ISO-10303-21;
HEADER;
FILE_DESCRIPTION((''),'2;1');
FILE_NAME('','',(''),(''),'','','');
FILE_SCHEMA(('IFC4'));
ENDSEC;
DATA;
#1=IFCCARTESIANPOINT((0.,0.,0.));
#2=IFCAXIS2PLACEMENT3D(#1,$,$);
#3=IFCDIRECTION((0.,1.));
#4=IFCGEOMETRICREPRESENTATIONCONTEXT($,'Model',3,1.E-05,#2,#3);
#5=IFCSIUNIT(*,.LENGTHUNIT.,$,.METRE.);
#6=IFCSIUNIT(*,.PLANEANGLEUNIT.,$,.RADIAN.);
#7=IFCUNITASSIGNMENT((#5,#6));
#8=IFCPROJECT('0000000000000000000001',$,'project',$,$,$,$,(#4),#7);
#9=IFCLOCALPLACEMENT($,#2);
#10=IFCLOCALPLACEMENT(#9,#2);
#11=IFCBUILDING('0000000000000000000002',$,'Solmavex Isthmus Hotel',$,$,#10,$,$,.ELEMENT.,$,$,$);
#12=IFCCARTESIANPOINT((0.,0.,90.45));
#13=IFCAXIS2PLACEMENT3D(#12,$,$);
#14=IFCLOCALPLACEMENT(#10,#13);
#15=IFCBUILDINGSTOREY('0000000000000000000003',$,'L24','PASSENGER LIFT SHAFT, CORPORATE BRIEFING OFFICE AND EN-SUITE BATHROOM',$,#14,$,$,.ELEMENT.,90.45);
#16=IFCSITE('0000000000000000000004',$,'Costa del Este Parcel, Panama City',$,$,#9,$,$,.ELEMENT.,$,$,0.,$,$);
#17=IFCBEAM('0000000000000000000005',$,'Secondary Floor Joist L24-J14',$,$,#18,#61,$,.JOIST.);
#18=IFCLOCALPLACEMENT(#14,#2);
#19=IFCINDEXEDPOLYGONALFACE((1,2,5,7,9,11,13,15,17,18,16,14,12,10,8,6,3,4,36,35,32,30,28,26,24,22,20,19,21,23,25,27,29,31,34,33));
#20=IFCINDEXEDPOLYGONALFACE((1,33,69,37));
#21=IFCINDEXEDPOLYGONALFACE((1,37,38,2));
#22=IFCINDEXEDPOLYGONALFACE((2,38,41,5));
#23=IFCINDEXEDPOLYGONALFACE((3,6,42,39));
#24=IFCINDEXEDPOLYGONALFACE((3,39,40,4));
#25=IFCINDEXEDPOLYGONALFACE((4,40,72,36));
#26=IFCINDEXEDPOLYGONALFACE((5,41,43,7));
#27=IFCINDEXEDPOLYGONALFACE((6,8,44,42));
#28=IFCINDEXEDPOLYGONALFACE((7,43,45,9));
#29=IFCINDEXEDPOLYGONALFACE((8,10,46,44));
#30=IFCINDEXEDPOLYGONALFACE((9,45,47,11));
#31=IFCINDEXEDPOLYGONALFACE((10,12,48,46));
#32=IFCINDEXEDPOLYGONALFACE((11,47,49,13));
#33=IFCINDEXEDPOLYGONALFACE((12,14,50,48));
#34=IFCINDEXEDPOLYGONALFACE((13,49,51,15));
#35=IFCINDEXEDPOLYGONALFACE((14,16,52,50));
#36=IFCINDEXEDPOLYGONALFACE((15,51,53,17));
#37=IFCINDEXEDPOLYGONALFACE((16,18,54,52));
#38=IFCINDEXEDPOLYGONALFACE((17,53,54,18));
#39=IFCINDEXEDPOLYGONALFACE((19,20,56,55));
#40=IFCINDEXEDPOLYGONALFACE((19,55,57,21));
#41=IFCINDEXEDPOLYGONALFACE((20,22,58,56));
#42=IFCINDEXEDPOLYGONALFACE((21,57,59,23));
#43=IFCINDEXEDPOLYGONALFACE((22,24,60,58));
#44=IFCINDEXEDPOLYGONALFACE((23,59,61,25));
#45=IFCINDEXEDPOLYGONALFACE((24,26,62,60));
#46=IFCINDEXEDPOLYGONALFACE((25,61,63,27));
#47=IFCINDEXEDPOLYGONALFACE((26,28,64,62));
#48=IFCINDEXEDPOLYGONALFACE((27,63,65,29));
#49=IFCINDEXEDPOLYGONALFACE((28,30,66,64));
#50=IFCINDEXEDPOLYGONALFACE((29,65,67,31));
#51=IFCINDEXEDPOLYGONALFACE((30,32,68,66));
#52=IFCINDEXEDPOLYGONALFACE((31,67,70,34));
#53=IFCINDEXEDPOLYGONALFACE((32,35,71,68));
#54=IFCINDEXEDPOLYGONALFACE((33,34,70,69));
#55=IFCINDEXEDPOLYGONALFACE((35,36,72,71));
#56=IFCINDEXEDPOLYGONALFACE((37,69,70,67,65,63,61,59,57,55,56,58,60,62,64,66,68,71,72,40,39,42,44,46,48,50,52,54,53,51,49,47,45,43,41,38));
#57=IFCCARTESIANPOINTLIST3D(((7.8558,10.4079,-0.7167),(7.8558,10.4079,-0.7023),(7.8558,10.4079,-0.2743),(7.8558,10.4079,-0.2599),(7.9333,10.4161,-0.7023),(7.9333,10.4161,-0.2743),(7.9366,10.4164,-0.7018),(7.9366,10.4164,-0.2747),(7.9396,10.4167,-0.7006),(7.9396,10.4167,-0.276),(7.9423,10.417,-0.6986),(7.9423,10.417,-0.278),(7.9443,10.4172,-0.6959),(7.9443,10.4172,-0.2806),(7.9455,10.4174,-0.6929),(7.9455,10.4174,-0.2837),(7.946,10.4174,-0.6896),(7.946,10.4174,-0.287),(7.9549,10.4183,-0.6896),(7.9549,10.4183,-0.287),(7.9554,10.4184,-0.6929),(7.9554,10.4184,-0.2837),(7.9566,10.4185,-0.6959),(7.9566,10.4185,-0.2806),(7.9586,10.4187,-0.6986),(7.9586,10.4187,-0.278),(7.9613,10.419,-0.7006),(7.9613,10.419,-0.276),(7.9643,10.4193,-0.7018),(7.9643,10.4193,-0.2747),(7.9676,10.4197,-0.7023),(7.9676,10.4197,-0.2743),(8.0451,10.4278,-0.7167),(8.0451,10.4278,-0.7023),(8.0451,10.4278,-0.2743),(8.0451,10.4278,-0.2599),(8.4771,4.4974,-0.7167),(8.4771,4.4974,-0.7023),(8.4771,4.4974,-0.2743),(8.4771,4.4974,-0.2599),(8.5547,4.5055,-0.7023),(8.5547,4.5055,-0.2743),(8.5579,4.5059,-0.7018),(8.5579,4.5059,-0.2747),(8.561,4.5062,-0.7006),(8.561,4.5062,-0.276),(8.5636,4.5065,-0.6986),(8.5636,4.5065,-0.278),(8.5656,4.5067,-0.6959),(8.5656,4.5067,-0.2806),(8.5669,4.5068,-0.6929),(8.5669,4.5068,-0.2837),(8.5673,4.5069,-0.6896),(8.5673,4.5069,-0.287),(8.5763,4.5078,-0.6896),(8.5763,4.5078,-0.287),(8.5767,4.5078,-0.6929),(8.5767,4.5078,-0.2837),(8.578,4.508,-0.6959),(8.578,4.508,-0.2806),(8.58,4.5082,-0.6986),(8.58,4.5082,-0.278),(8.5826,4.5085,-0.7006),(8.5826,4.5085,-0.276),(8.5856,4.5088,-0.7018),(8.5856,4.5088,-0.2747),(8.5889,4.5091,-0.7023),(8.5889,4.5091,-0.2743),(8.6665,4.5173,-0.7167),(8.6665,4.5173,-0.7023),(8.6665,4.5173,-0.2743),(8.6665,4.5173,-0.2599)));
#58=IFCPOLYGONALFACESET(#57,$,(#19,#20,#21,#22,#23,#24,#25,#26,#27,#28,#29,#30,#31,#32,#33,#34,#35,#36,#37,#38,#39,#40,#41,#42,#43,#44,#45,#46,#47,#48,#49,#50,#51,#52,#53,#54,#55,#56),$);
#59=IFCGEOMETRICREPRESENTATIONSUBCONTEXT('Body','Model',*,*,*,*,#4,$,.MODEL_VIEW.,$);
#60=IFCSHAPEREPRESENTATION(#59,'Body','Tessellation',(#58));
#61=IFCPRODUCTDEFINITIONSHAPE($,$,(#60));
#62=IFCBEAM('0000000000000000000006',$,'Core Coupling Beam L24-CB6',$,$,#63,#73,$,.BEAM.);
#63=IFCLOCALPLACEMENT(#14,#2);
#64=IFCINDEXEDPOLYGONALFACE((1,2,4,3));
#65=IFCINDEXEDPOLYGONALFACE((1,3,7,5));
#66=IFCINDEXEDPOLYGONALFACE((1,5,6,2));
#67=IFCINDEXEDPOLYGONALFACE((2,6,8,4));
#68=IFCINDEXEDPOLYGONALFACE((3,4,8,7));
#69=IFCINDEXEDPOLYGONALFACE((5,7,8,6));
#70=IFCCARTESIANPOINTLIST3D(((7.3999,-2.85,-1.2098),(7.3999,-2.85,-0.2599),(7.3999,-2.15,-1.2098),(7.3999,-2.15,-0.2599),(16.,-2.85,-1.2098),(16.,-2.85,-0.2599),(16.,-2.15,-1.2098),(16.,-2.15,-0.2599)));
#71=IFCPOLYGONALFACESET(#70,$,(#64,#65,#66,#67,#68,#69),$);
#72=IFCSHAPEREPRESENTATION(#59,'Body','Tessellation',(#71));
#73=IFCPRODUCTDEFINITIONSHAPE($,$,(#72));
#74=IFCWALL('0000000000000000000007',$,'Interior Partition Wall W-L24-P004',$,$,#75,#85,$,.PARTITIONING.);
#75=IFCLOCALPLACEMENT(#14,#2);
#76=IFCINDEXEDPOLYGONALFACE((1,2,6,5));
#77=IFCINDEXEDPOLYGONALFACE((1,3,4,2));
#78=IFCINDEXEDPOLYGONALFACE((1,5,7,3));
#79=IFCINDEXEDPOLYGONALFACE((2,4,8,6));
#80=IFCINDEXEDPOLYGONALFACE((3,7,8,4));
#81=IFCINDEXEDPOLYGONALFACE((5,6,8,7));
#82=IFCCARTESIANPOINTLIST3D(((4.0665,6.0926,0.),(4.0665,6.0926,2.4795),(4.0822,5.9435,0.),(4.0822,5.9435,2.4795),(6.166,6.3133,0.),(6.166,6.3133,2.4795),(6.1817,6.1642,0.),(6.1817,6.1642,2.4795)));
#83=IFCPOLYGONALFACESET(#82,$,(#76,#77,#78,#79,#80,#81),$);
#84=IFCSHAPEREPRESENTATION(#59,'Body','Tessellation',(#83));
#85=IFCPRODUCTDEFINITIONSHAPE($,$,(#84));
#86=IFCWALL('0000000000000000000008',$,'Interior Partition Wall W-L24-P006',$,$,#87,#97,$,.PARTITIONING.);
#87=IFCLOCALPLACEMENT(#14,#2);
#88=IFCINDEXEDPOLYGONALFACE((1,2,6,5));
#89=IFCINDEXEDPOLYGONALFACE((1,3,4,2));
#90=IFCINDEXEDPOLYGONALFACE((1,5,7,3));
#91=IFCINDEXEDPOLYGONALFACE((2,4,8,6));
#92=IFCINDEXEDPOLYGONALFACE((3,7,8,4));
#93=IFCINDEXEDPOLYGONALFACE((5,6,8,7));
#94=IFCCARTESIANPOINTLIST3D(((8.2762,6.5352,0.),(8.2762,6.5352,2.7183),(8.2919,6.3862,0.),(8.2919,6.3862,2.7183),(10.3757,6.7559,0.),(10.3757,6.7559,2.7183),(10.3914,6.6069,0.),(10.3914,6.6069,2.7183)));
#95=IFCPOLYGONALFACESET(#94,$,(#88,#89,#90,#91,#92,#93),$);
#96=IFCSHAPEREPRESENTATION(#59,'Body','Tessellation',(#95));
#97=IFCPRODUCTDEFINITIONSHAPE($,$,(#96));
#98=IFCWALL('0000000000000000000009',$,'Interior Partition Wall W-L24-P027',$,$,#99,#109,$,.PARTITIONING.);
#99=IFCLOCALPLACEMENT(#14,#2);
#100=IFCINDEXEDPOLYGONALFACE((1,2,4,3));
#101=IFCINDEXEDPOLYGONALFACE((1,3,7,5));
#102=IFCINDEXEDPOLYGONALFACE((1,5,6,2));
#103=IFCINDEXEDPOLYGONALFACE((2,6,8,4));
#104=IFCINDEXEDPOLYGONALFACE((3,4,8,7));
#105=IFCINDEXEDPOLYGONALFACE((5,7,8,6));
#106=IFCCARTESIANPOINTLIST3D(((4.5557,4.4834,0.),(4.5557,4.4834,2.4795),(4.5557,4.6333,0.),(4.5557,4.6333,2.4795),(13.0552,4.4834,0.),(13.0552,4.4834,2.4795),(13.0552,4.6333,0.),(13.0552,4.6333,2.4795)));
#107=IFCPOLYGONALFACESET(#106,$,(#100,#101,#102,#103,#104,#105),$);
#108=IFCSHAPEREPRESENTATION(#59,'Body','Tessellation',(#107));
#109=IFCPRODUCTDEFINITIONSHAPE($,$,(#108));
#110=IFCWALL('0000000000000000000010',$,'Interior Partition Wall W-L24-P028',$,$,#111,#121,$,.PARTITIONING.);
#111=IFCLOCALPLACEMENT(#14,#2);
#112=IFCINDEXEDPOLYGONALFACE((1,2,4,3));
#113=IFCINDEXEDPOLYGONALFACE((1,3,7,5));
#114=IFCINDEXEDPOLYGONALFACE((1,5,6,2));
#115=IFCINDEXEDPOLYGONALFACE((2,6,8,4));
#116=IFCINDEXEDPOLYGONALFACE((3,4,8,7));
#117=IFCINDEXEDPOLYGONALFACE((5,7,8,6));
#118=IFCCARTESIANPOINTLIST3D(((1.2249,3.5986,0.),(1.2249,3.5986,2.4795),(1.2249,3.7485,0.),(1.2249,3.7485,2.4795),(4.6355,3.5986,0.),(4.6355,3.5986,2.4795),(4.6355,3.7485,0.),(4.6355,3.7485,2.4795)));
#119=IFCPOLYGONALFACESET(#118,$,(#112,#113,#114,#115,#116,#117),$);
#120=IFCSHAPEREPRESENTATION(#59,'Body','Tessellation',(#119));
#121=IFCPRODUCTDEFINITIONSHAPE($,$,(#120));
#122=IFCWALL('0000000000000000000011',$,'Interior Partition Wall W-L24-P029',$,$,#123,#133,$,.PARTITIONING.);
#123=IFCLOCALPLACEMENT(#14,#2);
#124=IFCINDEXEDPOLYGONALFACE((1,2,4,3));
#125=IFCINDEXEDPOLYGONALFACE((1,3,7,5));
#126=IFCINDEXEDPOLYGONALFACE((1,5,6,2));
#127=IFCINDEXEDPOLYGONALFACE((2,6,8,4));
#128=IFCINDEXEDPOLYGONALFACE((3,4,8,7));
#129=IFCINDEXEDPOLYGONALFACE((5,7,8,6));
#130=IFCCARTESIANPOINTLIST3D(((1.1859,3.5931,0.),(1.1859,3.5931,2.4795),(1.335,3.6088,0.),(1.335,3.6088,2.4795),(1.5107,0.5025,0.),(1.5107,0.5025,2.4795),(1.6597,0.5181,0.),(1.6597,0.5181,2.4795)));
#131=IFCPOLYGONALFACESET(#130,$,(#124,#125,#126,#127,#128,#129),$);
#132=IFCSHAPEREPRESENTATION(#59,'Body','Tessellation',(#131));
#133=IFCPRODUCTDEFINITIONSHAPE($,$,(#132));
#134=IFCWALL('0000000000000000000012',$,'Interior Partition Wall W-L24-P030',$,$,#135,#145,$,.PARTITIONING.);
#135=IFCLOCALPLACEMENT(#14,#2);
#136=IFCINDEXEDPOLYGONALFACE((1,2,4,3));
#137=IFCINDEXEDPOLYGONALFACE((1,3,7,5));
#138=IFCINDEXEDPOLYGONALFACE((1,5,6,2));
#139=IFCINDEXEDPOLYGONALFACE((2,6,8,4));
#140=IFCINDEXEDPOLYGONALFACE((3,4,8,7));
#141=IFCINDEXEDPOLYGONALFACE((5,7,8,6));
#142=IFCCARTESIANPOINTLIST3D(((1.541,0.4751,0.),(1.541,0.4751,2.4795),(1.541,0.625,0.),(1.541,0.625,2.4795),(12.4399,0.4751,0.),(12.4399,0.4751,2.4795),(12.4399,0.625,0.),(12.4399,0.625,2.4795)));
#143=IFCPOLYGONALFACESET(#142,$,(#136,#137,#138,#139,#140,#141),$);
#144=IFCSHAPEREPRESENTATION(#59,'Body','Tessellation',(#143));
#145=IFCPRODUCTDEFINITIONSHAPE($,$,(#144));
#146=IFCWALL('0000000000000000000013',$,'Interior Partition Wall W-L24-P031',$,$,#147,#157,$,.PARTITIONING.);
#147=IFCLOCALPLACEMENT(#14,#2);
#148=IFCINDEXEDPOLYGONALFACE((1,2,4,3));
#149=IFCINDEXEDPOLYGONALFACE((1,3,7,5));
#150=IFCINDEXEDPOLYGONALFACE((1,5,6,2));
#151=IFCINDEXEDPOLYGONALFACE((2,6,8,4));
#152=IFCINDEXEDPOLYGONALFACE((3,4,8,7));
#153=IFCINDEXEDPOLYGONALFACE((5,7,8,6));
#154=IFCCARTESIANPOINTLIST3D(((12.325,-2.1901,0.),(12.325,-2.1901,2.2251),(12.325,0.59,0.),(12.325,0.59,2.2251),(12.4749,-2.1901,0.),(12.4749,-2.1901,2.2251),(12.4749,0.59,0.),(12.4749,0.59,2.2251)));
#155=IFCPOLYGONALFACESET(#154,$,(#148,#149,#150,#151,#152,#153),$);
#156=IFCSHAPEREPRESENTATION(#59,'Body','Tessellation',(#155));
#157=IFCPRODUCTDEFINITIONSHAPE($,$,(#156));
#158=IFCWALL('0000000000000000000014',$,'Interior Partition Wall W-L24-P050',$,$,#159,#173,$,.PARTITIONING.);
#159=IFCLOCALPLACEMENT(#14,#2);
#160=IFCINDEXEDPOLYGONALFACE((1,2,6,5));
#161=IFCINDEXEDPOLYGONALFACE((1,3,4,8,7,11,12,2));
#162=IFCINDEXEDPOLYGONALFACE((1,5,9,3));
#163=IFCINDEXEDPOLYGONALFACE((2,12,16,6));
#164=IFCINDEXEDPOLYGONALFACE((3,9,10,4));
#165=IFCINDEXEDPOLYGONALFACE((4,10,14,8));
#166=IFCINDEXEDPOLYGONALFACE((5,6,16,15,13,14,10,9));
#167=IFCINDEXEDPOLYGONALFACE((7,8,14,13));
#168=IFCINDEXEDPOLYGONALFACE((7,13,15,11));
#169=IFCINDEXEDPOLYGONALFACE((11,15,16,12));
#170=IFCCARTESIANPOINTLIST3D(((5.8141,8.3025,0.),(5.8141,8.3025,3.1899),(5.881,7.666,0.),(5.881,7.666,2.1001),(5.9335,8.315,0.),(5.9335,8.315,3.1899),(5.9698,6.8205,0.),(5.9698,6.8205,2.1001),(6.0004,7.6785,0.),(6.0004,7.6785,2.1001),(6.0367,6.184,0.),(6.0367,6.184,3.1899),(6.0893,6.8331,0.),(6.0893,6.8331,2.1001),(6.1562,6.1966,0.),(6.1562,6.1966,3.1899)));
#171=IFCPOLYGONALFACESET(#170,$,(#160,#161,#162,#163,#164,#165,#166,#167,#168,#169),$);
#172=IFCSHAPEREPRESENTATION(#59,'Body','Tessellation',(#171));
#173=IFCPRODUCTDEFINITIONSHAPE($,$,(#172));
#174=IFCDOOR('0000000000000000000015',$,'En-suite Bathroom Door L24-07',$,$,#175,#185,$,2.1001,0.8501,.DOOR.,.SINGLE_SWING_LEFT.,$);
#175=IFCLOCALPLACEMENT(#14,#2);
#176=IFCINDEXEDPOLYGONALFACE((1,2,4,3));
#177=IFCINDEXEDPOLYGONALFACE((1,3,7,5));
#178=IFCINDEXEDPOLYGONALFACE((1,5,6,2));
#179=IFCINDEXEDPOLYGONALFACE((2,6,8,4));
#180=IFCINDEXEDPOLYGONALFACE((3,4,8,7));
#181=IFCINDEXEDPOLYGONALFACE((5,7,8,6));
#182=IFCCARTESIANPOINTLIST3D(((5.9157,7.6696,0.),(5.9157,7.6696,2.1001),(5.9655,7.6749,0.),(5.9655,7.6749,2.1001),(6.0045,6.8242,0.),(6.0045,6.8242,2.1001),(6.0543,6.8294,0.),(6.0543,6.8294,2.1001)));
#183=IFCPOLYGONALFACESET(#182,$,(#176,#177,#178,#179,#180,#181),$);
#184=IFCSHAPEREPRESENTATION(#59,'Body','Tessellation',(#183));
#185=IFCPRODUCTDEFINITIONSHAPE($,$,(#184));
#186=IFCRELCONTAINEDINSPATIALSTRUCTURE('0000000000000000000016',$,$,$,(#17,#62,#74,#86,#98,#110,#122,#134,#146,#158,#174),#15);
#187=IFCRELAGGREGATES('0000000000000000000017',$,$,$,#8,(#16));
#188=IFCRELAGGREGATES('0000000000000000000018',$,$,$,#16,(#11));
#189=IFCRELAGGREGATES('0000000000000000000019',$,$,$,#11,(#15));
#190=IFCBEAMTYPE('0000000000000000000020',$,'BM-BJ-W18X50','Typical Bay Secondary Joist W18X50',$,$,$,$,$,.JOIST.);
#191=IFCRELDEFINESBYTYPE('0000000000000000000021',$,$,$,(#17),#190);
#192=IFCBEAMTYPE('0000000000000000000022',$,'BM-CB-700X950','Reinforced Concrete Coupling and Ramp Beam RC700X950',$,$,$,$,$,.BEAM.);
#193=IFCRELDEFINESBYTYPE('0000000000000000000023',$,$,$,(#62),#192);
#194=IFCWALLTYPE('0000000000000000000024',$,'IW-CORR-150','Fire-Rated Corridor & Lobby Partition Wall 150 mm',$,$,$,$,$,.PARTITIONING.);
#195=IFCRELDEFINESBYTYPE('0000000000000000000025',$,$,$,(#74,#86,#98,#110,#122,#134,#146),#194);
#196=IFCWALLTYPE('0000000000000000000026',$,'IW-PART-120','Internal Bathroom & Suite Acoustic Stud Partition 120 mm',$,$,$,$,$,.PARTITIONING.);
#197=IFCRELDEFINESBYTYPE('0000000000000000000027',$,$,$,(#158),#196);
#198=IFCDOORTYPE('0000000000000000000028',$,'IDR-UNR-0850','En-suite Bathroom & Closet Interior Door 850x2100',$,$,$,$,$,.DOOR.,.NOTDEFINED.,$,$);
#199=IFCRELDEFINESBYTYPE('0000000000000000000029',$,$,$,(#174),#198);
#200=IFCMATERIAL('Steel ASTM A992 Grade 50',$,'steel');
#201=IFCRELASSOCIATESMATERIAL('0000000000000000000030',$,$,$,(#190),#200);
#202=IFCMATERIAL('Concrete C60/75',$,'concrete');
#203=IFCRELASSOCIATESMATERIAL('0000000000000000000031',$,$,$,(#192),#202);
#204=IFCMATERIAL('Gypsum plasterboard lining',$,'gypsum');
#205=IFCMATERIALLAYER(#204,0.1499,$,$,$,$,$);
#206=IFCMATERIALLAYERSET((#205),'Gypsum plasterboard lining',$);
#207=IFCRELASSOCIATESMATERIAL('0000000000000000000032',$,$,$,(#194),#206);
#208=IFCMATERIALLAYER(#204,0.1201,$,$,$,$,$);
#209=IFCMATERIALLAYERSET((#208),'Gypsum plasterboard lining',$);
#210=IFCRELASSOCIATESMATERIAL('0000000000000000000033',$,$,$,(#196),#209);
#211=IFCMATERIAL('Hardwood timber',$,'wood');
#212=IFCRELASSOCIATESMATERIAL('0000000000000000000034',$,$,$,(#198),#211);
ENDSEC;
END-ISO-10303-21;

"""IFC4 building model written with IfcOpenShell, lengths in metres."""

from ifc_helpers import new_model, si_unit, direction, frame, frame_2d, origin, origin_2d, place, context, subcontext, project, spatial, rectangle, i_section, extrude, material, layer, layer_set, material_profile, profile_set, type_object, element, fill, save


model = new_model("IFC4")

# Units and contexts
model_context = context("Model", 3, precision=1e-05, world=origin(), true_north=direction((0.0, 1.0)))
body_context = subcontext(model_context, "Body", "Model", "MODEL_VIEW")
ifc_project = project(units=[si_unit("LENGTHUNIT", "METRE"), si_unit("PLANEANGLEUNIT", "RADIAN")], contexts=[model_context])

# Site, building, storey
site_placement = place(None, origin())
site = spatial("IfcSite", under=ifc_project, at=site_placement, Name="Costa del Este Parcel, Panama City", CompositionType="ELEMENT", RefElevation=0.0)
building_placement = place(site_placement, origin())
building = spatial("IfcBuilding", under=site, at=building_placement, Name="Solmavex Isthmus Hotel", CompositionType="ELEMENT")
storey_placement = place(building_placement, frame((0.0, 0.0, 90.45)))
storey = spatial("IfcBuildingStorey", under=building, at=storey_placement, Name="L24", Description="PASSENGER LIFT SHAFT, CORPORATE BRIEFING OFFICE AND EN-SUITE BATHROOM", CompositionType="ELEMENT", Elevation=90.45)

# Shared definitions
ifc_material_1 = material(Name="Concrete C60/75", Category="concrete")

# Beams
ifc_material_2 = material(Name="Steel ASTM A992 Grade 50", Category="steel")
ifc_material_profile_1 = material_profile(ifc_material_2, i_section(OverallWidth=0.1904, OverallDepth=0.4568, WebThickness=0.009, FlangeThickness=0.0144, FilletRadius=0.0127, at=origin_2d()), Name="W18X50")
ifc_profile_set_1 = profile_set([ifc_material_profile_1], Name="Steel ASTM A992 Grade 50")
beam_type_1 = type_object("IfcBeamType", Name="BM-BJ-W18X50", Description="Typical Bay Secondary Joist W18X50", PredefinedType="JOIST", material=ifc_profile_set_1)
beam_1_placement = place(storey_placement, frame((8.5718, 4.5073, -0.4883), z_axis=(-0.104546, 0.99452, 0.0), x_axis=(-0.99452, -0.104546, 0.0)))
element("IfcBeam", 1, at=beam_1_placement, inside=storey, type_object=beam_type_1, Name="Secondary Floor Joist L24-J14", PredefinedType="JOIST", context=body_context, shape_type="SweptSolid", body=[
    extrude(i_section(OverallWidth=0.1904, OverallDepth=0.4568, WebThickness=0.009, FlangeThickness=0.0144, FilletRadius=0.0127, at=origin_2d()), origin(), (0.0, 0.0, 1.0), 5.9431),
])
ifc_material_profile_2 = material_profile(ifc_material_1, rectangle(XDim=0.7, YDim=0.95, at=origin_2d()), Name="RC700X950")
ifc_profile_set_2 = profile_set([ifc_material_profile_2], Name="Concrete C60/75")
beam_type_2 = type_object("IfcBeamType", Name="BM-CB-700X950", Description="Reinforced Concrete Coupling and Ramp Beam RC700X950", PredefinedType="BEAM", material=ifc_profile_set_2)
beam_2_placement = place(storey_placement, frame((7.3999, -2.5, -0.7349), z_axis=(1.0, 0.0, 0.0), x_axis=(0.0, 1.0, 0.0)))
element("IfcBeam", 2, at=beam_2_placement, inside=storey, type_object=beam_type_2, Name="Core Coupling Beam L24-CB6", PredefinedType="BEAM", context=body_context, shape_type="SweptSolid", body=[
    extrude(rectangle(XDim=0.7, YDim=0.95, at=origin_2d()), origin(), (0.0, 0.0, 1.0), 8.6001),
])

# Shared definitions
ifc_material_3 = material(Name="Gypsum plasterboard lining", Category="gypsum")
ifc_layer_1 = layer(ifc_material_3, 0.1499)
ifc_layer_set_1 = layer_set([ifc_layer_1], Name="Gypsum plasterboard lining")
wall_type_1 = type_object("IfcWallType", Name="IW-CORR-150", Description="Fire-Rated Corridor & Lobby Partition Wall 150 mm", PredefinedType="PARTITIONING", material=ifc_layer_set_1)
ifc_material_4 = material(Name="Hardwood timber", Category="wood")

# Wall
wall_1_placement = place(storey_placement, frame((4.0742, 6.0181, 0.0), z_axis=(0.0, 0.0, 1.0), x_axis=(0.994521, 0.10454, 0.0)))
element("IfcWall", 3, at=wall_1_placement, inside=storey, type_object=wall_type_1, Name="Interior Partition Wall W-L24-P004", PredefinedType="PARTITIONING", context=body_context, shape_type="SweptSolid", body=[
    extrude(rectangle(XDim=2.1111, YDim=0.1499, at=frame_2d((1.0557, 0.0))), origin(), (0.0, 0.0, 1.0), 2.4795),
])

# Walls
wall_2_placement = place(storey_placement, frame((8.2839, 6.4607, 0.0), z_axis=(0.0, 0.0, 1.0), x_axis=(0.994521, 0.10454, 0.0)))
element("IfcWall", 4, at=wall_2_placement, inside=storey, type_object=wall_type_1, Name="Interior Partition Wall W-L24-P006", PredefinedType="PARTITIONING", context=body_context, shape_type="SweptSolid", body=[
    extrude(rectangle(XDim=2.1111, YDim=0.1499, at=frame_2d((1.0557, 0.0))), origin(), (0.0, 0.0, 1.0), 2.7183),
])
wall_3_placement = place(storey_placement, frame((13.0552, 4.5583, 0.0), z_axis=(0.0, 0.0, 1.0), x_axis=(-1.0, 0.0, 0.0)))
element("IfcWall", 5, at=wall_3_placement, inside=storey, type_object=wall_type_1, Name="Interior Partition Wall W-L24-P027", PredefinedType="PARTITIONING", context=body_context, shape_type="SweptSolid", body=[
    extrude(rectangle(XDim=8.4995, YDim=0.1499, at=frame_2d((4.2498, 0.0))), origin(), (0.0, 0.0, 1.0), 2.4795),
])
wall_4_placement = place(storey_placement, frame((4.6355, 3.6736, 0.0), z_axis=(0.0, 0.0, 1.0), x_axis=(-1.0, 0.0, 0.0)))
element("IfcWall", 6, at=wall_4_placement, inside=storey, type_object=wall_type_1, Name="Interior Partition Wall W-L24-P028", PredefinedType="PARTITIONING", context=body_context, shape_type="SweptSolid", body=[
    extrude(rectangle(XDim=3.4106, YDim=0.1499, at=frame_2d((1.7053, 0.0))), origin(), (0.0, 0.0, 1.0), 2.4795),
])
wall_5_placement = place(storey_placement, frame((1.2605, 3.6008, 0.0), z_axis=(0.0, 0.0, 1.0), x_axis=(0.104488, -0.994526, 0.0)))
element("IfcWall", 7, at=wall_5_placement, inside=storey, type_object=wall_type_1, Name="Interior Partition Wall W-L24-P029", PredefinedType="PARTITIONING", context=body_context, shape_type="SweptSolid", body=[
    extrude(rectangle(XDim=3.1077, YDim=0.1499, at=frame_2d((1.5537, 0.0))), origin(), (0.0, 0.0, 1.0), 2.4795),
])
wall_6_placement = place(storey_placement, frame((1.541, 0.55, 0.0), z_axis=(0.0, 0.0, 1.0), x_axis=(1.0, 0.0, 0.0)))
element("IfcWall", 8, at=wall_6_placement, inside=storey, type_object=wall_type_1, Name="Interior Partition Wall W-L24-P030", PredefinedType="PARTITIONING", context=body_context, shape_type="SweptSolid", body=[
    extrude(rectangle(XDim=10.8989, YDim=0.1499, at=frame_2d((5.4495, 0.0))), origin(), (0.0, 0.0, 1.0), 2.4795),
])
wall_7_placement = place(storey_placement, frame((12.3999, 0.5901, 0.0), z_axis=(0.0, 0.0, 1.0), x_axis=(0.0, -1.0, 0.0)))
element("IfcWall", 9, at=wall_7_placement, inside=storey, type_object=wall_type_1, Name="Interior Partition Wall W-L24-P031", PredefinedType="PARTITIONING", context=body_context, shape_type="SweptSolid", body=[
    extrude(rectangle(XDim=2.78, YDim=0.1499, at=frame_2d((1.3901, 0.0))), origin(), (0.0, 0.0, 1.0), 2.2251),
])

# Wall, opening, door
ifc_layer_2 = layer(ifc_material_3, 0.1201)
ifc_layer_set_2 = layer_set([ifc_layer_2], Name="Gypsum plasterboard lining")
wall_type_2 = type_object("IfcWallType", Name="IW-PART-120", Description="Internal Bathroom & Suite Acoustic Stud Partition 120 mm", PredefinedType="PARTITIONING", material=ifc_layer_set_2)
wall_8_placement = place(storey_placement, frame((6.0964, 6.1904, 0.0), z_axis=(0.0, 0.0, 1.0), x_axis=(-0.10453, 0.994522, 0.0)))
wall_8 = element("IfcWall", 10, at=wall_8_placement, inside=storey, type_object=wall_type_2, Name="Interior Partition Wall W-L24-P050", PredefinedType="PARTITIONING", context=body_context, shape_type="SweptSolid", body=[
    extrude(rectangle(XDim=2.1301, YDim=0.1201, at=frame_2d((1.0649, 0.0))), origin(), (0.0, 0.0, 1.0), 3.1899),
])
opening_1_placement = place(wall_8_placement, frame((0.6399, 0.0, 0.0)))
opening_1 = element("IfcOpeningElement", 11, at=opening_1_placement, cuts=wall_8, PredefinedType="OPENING", context=body_context, shape_type="SweptSolid", body=[
    extrude(rectangle(XDim=0.8501, YDim=2.1001, at=frame_2d((0.425, 1.05))), frame((0.0, 0.0701, 0.0), z_axis=(0.0, -1.0, 0.0), x_axis=(1.0, 0.0, 0.0)), (0.0, 0.0, 1.0), 0.1401),
])
door_type_1 = type_object("IfcDoorType", Name="IDR-UNR-0850", Description="En-suite Bathroom & Closet Interior Door 850x2100", OperationType="NOTDEFINED", PredefinedType="DOOR", material=ifc_material_4)
door_1_placement = place(opening_1_placement, frame((0.8501, 0.0, 0.0), z_axis=(0.0, 0.0, 1.0), x_axis=(-1.0, 0.0, 0.0)))
door_1 = element("IfcDoor", 12, at=door_1_placement, inside=storey, type_object=door_type_1, Name="En-suite Bathroom Door L24-07", OperationType="SINGLE_SWING_LEFT", OverallHeight=2.1001, OverallWidth=0.8501, PredefinedType="DOOR", context=body_context, shape_type="SweptSolid", body=[
    extrude(rectangle(XDim=0.8501, YDim=2.1001, at=frame_2d((0.425, 1.05))), frame((0.0, 0.0249, 0.0), z_axis=(0.0, -1.0, 0.0), x_axis=(1.0, 0.0, 0.0)), (0.0, 0.0, 1.0), 0.05),
])
fill(opening_1, door_1)

save(model, "model.ifc")
